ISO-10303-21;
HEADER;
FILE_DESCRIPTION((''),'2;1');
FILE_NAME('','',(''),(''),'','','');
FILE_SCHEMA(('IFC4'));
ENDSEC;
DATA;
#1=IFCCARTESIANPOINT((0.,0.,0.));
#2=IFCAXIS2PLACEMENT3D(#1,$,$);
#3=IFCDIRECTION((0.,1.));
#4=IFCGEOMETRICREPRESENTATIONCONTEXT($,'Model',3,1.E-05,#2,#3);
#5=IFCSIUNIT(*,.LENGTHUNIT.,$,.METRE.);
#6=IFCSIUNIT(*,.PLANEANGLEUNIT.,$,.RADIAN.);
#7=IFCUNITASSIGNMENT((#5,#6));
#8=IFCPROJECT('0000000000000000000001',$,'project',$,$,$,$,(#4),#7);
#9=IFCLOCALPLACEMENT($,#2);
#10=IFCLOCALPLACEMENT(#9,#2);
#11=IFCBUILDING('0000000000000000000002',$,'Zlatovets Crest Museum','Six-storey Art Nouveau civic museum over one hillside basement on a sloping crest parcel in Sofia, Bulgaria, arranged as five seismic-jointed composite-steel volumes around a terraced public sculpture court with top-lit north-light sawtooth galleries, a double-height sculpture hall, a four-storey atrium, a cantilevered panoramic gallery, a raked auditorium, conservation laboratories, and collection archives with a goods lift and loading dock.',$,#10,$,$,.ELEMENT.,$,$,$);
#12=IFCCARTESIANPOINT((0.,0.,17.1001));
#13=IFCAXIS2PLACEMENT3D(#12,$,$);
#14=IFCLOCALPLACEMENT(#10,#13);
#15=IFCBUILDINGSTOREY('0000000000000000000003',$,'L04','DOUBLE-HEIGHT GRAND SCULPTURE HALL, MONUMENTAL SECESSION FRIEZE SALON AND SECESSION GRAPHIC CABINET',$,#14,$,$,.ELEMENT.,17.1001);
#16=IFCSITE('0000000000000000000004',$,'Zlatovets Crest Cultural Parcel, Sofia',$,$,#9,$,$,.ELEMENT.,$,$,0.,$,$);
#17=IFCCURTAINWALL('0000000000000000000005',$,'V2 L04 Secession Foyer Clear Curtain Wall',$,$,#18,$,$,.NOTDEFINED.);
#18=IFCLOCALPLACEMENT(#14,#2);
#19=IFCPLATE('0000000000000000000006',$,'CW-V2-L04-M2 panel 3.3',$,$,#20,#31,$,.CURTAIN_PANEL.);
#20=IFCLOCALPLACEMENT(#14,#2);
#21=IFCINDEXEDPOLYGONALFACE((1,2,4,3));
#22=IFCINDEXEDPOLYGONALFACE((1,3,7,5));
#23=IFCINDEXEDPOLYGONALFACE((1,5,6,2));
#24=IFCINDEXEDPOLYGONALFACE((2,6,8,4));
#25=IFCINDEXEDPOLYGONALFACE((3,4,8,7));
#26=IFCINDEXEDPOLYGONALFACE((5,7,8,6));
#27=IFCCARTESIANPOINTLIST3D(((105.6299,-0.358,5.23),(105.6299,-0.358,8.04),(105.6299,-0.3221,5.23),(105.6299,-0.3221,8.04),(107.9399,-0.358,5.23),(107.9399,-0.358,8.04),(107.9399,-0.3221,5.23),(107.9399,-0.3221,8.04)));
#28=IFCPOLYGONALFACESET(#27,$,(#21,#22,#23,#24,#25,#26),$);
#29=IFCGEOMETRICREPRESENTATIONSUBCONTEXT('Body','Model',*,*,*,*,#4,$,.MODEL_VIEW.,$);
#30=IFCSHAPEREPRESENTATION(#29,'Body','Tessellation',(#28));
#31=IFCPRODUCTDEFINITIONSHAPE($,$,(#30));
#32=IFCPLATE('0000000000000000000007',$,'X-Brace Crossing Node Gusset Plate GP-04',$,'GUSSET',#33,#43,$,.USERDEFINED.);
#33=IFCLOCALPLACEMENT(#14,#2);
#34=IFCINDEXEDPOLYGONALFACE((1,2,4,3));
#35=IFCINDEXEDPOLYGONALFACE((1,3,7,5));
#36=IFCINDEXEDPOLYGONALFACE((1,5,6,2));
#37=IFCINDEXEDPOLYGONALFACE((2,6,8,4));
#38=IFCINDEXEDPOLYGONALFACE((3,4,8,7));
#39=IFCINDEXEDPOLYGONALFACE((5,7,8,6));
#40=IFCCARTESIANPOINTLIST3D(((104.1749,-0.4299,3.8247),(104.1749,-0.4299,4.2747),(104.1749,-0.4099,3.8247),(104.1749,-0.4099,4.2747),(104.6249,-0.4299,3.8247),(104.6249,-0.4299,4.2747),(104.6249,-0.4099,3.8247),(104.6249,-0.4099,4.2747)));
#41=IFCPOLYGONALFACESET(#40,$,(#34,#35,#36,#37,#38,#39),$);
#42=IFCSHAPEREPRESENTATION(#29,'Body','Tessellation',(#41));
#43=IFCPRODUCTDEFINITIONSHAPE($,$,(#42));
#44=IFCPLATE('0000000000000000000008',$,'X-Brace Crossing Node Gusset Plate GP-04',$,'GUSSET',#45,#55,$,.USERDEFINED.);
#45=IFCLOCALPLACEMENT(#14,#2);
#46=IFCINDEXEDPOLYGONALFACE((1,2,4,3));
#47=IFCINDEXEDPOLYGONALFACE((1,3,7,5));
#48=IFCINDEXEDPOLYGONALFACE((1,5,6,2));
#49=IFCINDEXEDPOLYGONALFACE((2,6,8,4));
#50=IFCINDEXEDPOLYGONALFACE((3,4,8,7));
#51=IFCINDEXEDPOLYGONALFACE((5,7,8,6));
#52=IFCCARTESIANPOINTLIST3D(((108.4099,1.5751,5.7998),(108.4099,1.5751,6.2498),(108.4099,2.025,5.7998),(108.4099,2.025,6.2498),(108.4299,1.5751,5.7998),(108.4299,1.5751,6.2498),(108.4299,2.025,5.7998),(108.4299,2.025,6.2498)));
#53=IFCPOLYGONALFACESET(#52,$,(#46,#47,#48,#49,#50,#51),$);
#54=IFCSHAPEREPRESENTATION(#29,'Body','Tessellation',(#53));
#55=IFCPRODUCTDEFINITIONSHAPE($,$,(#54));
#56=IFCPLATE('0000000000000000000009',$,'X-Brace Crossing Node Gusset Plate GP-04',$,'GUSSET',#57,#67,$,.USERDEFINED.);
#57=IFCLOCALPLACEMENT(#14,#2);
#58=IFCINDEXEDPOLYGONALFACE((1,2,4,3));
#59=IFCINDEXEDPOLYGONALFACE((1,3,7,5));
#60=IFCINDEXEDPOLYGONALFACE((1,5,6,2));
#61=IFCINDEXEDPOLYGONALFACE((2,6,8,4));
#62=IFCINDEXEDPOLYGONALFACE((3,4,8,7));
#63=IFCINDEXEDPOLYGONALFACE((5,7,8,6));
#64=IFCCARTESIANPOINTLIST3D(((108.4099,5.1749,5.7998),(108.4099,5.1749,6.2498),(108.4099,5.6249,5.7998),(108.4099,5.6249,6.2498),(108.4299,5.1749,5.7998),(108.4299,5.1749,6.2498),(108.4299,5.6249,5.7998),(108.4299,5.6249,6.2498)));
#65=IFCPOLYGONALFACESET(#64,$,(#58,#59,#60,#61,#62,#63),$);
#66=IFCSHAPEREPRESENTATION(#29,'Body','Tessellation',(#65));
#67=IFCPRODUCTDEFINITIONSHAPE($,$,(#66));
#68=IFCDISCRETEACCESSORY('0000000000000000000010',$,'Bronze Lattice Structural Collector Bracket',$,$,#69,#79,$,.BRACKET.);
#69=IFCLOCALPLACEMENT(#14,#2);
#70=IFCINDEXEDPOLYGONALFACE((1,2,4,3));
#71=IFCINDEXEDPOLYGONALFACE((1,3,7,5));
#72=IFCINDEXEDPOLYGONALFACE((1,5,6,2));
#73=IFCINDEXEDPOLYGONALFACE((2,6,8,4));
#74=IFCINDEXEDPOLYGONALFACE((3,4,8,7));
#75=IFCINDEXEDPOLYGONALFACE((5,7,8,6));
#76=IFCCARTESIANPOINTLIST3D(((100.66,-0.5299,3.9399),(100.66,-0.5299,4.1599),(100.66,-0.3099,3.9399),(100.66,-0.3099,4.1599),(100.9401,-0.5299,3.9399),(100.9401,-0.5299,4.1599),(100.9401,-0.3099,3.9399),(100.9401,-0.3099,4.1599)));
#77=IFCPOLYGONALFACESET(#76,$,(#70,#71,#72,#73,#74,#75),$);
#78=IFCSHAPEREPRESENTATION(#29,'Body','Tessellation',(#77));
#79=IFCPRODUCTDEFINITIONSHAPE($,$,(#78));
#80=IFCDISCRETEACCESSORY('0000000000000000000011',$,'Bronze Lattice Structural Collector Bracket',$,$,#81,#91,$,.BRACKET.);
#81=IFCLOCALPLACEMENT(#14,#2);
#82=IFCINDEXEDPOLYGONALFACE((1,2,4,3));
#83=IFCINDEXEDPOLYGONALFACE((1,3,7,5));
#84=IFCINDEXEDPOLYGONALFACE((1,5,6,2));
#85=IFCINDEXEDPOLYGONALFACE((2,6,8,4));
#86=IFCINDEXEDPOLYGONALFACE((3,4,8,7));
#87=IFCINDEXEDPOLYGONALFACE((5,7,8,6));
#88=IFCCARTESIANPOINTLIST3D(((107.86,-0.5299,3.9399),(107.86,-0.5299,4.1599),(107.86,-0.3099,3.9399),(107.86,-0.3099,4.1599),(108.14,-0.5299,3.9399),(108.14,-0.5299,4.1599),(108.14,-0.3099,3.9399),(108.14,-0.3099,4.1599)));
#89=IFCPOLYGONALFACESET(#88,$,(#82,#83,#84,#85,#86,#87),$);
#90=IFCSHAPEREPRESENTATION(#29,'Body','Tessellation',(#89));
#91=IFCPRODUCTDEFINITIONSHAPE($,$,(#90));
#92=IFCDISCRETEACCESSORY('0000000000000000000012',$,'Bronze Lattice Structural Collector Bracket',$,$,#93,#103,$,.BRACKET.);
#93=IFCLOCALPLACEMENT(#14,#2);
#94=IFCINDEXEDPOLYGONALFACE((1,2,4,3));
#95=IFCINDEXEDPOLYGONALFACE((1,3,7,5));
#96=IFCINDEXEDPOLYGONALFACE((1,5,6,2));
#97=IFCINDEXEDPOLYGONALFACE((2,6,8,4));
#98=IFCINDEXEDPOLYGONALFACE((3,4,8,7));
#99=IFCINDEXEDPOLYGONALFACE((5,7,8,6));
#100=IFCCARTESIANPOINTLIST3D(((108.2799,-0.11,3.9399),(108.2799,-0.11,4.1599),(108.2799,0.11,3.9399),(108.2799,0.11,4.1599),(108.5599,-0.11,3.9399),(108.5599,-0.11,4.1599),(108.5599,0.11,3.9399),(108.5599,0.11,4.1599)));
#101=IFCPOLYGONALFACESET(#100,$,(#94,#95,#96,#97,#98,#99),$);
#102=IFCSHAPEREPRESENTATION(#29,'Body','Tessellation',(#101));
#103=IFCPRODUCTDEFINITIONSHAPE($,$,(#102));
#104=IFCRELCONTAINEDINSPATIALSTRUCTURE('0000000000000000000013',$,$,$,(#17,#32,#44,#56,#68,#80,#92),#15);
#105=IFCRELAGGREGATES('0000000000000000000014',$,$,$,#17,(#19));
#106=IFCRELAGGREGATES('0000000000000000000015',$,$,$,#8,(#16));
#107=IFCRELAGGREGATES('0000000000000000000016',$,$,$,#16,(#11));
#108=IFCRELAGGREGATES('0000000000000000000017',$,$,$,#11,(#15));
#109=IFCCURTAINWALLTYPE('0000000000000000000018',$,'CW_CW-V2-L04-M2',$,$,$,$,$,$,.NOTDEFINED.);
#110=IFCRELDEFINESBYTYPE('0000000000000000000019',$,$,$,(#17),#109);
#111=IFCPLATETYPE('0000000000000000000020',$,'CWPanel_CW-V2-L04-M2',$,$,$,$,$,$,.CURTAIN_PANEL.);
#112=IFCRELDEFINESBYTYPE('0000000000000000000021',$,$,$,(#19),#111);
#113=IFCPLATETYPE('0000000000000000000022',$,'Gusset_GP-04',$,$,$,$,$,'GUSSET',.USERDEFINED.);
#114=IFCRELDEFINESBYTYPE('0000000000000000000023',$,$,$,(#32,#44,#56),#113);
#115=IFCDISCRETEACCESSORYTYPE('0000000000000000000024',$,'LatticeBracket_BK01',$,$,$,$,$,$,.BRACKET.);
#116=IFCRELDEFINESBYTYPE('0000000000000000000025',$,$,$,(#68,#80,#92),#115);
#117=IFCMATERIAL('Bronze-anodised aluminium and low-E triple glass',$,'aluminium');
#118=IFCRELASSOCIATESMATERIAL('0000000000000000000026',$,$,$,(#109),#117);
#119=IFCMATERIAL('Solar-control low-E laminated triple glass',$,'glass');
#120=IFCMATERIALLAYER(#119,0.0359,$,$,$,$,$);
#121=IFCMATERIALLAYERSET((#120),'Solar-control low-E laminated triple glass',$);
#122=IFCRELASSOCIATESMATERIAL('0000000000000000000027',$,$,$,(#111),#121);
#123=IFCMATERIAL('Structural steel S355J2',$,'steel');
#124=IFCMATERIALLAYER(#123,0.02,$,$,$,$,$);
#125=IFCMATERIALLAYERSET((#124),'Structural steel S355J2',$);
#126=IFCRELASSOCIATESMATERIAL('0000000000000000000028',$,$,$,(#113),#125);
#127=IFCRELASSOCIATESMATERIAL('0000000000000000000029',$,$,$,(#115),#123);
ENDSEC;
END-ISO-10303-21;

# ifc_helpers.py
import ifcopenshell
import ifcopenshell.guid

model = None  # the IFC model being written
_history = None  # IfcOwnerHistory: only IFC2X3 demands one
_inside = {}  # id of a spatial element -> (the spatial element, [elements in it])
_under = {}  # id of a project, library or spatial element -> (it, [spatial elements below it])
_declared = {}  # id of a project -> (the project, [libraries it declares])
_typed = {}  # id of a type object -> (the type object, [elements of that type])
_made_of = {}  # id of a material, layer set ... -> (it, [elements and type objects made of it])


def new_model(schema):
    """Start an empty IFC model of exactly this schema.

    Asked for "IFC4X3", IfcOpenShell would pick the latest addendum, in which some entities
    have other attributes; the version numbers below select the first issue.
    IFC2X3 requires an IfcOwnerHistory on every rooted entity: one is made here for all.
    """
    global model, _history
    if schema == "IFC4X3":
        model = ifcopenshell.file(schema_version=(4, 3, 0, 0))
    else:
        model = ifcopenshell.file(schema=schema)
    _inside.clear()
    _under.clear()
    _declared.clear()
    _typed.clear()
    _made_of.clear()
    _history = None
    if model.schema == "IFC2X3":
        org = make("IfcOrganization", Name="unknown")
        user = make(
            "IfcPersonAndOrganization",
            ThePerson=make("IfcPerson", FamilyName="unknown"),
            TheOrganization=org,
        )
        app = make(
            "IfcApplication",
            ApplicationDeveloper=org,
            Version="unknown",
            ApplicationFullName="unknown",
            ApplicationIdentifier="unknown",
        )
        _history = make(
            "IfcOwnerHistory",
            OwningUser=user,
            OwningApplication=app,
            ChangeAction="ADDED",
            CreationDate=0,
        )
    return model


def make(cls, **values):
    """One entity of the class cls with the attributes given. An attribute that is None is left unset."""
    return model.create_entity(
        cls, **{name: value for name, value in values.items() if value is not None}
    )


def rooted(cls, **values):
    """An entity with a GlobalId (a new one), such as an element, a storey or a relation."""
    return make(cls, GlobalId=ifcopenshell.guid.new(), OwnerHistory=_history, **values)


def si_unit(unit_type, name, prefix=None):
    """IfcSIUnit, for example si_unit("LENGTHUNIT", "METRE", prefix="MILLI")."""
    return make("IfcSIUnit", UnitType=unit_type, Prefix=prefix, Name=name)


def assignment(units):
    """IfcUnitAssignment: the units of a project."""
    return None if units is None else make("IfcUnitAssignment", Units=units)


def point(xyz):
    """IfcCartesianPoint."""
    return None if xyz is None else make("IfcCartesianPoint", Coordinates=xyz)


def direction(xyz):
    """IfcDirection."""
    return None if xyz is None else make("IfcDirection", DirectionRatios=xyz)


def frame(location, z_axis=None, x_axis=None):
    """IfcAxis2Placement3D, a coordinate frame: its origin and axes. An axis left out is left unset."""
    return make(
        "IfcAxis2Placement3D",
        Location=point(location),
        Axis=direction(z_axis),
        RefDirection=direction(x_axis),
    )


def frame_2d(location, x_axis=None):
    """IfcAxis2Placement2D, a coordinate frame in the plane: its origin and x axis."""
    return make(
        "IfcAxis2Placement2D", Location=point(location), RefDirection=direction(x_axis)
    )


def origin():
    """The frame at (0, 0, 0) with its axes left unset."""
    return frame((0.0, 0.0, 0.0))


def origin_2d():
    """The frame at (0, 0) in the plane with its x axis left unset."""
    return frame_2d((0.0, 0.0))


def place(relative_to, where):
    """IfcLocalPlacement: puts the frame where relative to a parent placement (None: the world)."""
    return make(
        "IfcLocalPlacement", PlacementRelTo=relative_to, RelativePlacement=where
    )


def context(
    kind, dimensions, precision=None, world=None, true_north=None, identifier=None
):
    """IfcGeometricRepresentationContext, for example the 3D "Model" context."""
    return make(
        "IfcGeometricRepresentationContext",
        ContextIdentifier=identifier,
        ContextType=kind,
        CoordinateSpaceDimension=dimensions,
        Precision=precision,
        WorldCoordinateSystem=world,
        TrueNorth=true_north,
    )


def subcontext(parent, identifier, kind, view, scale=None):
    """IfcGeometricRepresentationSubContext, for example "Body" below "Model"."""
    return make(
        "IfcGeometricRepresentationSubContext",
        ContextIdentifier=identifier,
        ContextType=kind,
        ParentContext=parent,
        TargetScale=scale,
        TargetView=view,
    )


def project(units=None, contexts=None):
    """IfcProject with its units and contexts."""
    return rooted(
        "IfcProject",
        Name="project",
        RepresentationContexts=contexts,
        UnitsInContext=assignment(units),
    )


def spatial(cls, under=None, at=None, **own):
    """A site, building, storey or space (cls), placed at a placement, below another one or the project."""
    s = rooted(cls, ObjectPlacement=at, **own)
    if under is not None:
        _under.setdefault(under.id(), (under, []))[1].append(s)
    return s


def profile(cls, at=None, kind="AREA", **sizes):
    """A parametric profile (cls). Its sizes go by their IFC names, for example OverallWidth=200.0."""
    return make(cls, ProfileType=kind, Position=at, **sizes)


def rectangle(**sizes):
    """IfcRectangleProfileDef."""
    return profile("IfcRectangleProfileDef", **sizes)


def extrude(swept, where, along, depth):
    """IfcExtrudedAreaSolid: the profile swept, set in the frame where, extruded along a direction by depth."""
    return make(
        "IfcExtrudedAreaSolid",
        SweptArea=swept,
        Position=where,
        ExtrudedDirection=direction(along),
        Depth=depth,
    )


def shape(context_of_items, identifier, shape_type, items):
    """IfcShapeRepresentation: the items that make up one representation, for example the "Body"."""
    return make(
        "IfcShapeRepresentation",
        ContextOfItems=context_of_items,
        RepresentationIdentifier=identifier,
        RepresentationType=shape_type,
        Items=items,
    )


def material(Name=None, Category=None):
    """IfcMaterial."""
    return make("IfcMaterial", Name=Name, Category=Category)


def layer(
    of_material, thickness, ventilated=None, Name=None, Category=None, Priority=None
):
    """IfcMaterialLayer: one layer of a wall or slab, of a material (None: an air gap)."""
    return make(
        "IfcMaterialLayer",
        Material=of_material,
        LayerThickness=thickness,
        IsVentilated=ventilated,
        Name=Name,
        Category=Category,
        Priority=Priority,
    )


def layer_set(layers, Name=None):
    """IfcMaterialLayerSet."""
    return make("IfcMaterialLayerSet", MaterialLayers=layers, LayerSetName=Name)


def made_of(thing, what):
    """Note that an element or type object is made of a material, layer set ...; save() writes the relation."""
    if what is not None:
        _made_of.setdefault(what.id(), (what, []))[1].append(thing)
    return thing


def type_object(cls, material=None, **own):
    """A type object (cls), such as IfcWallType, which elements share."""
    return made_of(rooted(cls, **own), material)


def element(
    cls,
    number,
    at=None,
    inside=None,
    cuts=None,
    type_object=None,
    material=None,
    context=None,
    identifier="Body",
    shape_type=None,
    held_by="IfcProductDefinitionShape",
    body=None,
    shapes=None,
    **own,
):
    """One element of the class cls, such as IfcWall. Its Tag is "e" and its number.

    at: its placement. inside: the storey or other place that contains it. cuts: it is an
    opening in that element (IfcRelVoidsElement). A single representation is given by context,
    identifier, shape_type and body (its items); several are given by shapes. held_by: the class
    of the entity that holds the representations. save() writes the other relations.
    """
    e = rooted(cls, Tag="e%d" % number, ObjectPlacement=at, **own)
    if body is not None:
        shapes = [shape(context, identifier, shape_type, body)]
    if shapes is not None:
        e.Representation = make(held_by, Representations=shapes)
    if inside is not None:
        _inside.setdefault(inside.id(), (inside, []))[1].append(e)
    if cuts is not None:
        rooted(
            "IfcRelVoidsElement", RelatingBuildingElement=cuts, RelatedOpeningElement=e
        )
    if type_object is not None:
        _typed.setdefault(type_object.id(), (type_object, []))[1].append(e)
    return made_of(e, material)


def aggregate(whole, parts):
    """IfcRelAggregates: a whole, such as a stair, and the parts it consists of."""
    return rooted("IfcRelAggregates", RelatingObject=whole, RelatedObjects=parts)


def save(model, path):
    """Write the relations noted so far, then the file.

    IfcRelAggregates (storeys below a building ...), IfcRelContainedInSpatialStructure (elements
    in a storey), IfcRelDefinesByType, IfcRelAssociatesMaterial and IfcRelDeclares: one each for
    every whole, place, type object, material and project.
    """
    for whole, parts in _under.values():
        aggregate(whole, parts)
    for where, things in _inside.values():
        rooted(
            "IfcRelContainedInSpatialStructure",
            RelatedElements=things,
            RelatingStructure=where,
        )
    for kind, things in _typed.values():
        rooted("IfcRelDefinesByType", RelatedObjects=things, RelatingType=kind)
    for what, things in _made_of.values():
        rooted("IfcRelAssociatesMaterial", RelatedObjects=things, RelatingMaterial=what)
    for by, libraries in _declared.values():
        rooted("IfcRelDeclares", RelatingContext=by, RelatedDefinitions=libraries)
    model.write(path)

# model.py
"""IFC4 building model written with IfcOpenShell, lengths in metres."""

from ifc_helpers import new_model, si_unit, direction, frame, origin, origin_2d, place, context, subcontext, project, spatial, rectangle, extrude, material, layer, layer_set, type_object, element, aggregate, save


model = new_model("IFC4")

# Units and contexts
model_context = context("Model", 3, precision=1e-05, world=origin(), true_north=direction((0.0, 1.0)))
body_context = subcontext(model_context, "Body", "Model", "MODEL_VIEW")
ifc_project = project(units=[si_unit("LENGTHUNIT", "METRE"), si_unit("PLANEANGLEUNIT", "RADIAN")], contexts=[model_context])

# Site, building, storey
site_placement = place(None, origin())
site = spatial("IfcSite", under=ifc_project, at=site_placement, Name="Zlatovets Crest Cultural Parcel, Sofia", CompositionType="ELEMENT", RefElevation=0.0)
building_placement = place(site_placement, origin())
building = spatial("IfcBuilding", under=site, at=building_placement, Name="Zlatovets Crest Museum", Description="Six-storey Art Nouveau civic museum over one hillside basement on a sloping crest parcel in Sofia, Bulgaria, arranged as five seismic-jointed composite-steel volumes around a terraced public sculpture court with top-lit north-light sawtooth galleries, a double-height sculpture hall, a four-storey atrium, a cantilevered panoramic gallery, a raked auditorium, conservation laboratories, and collection archives with a goods lift and loading dock.", CompositionType="ELEMENT")
storey_placement = place(building_placement, frame((0.0, 0.0, 17.1001)))
storey = spatial("IfcBuildingStorey", under=building, at=storey_placement, Name="L04", Description="DOUBLE-HEIGHT GRAND SCULPTURE HALL, MONUMENTAL SECESSION FRIEZE SALON AND SECESSION GRAPHIC CABINET", CompositionType="ELEMENT", Elevation=17.1001)

# Shared definitions
ifc_material_1 = material(Name="Structural steel S355J2", Category="steel")

# Curtain wall
ifc_material_2 = material(Name="Bronze-anodised aluminium and low-E triple glass", Category="aluminium")
curtain_wall_type = type_object("IfcCurtainWallType", Name="CW_CW-V2-L04-M2", PredefinedType="NOTDEFINED", material=ifc_material_2)
curtain_wall_placement = place(storey_placement, origin())
curtain_wall = element("IfcCurtainWall", 1, at=curtain_wall_placement, inside=storey, type_object=curtain_wall_type, Name="V2 L04 Secession Foyer Clear Curtain Wall", PredefinedType="NOTDEFINED")

# Plate
ifc_material_3 = material(Name="Solar-control low-E laminated triple glass", Category="glass")
ifc_layer_1 = layer(ifc_material_3, 0.0359)
ifc_layer_set_1 = layer_set([ifc_layer_1], Name="Solar-control low-E laminated triple glass")
plate_type_1 = type_object("IfcPlateType", Name="CWPanel_CW-V2-L04-M2", PredefinedType="CURTAIN_PANEL", material=ifc_layer_set_1)
plate_1_placement = place(storey_placement, frame((106.7849, -0.3401, 5.23), z_axis=(0.0, 0.0, 1.0), x_axis=(1.0, 0.0, 0.0)))
plate_1 = element("IfcPlate", 2, at=plate_1_placement, type_object=plate_type_1, Name="CW-V2-L04-M2 panel 3.3", PredefinedType="CURTAIN_PANEL", context=body_context, shape_type="SweptSolid", body=[
    extrude(rectangle(XDim=2.3101, YDim=0.0359, at=origin_2d()), origin(), (0.0, 0.0, 1.0), 2.8101),
])
aggregate(curtain_wall, [plate_1])

# Plates
ifc_layer_2 = layer(ifc_material_1, 0.02)
ifc_layer_set_2 = layer_set([ifc_layer_2], Name="Structural steel S355J2")
plate_type_2 = type_object("IfcPlateType", Name="Gusset_GP-04", ElementType="GUSSET", PredefinedType="USERDEFINED", material=ifc_layer_set_2)
plate_2_placement = place(storey_placement, frame((104.3999, -0.4199, 3.8247), z_axis=(0.0, 0.0, 1.0), x_axis=(1.0, 0.0, 0.0)))
element("IfcPlate", 3, at=plate_2_placement, inside=storey, type_object=plate_type_2, Name="X-Brace Crossing Node Gusset Plate GP-04", ObjectType="GUSSET", PredefinedType="USERDEFINED", context=body_context, shape_type="SweptSolid", body=[
    extrude(rectangle(XDim=0.45, YDim=0.02, at=origin_2d()), origin(), (0.0, 0.0, 1.0), 0.45),
])
for number, where, z_axis, x_axis, name in (
    (4, (108.4199, 1.8, 5.7998), (0.0, 0.0, 1.0), (1.0, 0.0, 0.0), "X-Brace Crossing Node Gusset Plate GP-04"),
    (5, (108.4199, 5.3999, 5.7998), (0.0, 0.0, 1.0), (1.0, 0.0, 0.0), "X-Brace Crossing Node Gusset Plate GP-04"),
):
    element("IfcPlate", number, at=place(storey_placement, frame(where, z_axis=z_axis, x_axis=x_axis)), inside=storey, type_object=plate_type_2, Name=name, ObjectType="GUSSET", PredefinedType="USERDEFINED", context=body_context, shape_type="SweptSolid", body=[
        extrude(rectangle(XDim=0.02, YDim=0.45, at=origin_2d()), origin(), (0.0, 0.0, 1.0), 0.45),
    ])

# Discrete accessories
discrete_accessory_type = type_object("IfcDiscreteAccessoryType", Name="LatticeBracket_BK01", PredefinedType="BRACKET", material=ifc_material_1)
for number, where, z_axis, x_axis, name in (
    (6, (100.8, -0.4199, 3.9399), (0.0, 0.0, 1.0), (1.0, 0.0, 0.0), "Bronze Lattice Structural Collector Bracket"),
    (7, (108.0, -0.4199, 3.9399), (0.0, 0.0, 1.0), (1.0, 0.0, 0.0), "Bronze Lattice Structural Collector Bracket"),
    (8, (108.4199, 0.0, 3.9399), (0.0, 0.0, 1.0), (1.0, 0.0, 0.0), "Bronze Lattice Structural Collector Bracket"),
):
    element("IfcDiscreteAccessory", number, at=place(storey_placement, frame(where, z_axis=z_axis, x_axis=x_axis)), inside=storey, type_object=discrete_accessory_type, Name=name, PredefinedType="BRACKET", context=body_context, shape_type="SweptSolid", body=[
        extrude(rectangle(XDim=0.28, YDim=0.22, at=origin_2d()), origin(), (0.0, 0.0, 1.0), 0.22),
    ])

save(model, "model.ifc")
